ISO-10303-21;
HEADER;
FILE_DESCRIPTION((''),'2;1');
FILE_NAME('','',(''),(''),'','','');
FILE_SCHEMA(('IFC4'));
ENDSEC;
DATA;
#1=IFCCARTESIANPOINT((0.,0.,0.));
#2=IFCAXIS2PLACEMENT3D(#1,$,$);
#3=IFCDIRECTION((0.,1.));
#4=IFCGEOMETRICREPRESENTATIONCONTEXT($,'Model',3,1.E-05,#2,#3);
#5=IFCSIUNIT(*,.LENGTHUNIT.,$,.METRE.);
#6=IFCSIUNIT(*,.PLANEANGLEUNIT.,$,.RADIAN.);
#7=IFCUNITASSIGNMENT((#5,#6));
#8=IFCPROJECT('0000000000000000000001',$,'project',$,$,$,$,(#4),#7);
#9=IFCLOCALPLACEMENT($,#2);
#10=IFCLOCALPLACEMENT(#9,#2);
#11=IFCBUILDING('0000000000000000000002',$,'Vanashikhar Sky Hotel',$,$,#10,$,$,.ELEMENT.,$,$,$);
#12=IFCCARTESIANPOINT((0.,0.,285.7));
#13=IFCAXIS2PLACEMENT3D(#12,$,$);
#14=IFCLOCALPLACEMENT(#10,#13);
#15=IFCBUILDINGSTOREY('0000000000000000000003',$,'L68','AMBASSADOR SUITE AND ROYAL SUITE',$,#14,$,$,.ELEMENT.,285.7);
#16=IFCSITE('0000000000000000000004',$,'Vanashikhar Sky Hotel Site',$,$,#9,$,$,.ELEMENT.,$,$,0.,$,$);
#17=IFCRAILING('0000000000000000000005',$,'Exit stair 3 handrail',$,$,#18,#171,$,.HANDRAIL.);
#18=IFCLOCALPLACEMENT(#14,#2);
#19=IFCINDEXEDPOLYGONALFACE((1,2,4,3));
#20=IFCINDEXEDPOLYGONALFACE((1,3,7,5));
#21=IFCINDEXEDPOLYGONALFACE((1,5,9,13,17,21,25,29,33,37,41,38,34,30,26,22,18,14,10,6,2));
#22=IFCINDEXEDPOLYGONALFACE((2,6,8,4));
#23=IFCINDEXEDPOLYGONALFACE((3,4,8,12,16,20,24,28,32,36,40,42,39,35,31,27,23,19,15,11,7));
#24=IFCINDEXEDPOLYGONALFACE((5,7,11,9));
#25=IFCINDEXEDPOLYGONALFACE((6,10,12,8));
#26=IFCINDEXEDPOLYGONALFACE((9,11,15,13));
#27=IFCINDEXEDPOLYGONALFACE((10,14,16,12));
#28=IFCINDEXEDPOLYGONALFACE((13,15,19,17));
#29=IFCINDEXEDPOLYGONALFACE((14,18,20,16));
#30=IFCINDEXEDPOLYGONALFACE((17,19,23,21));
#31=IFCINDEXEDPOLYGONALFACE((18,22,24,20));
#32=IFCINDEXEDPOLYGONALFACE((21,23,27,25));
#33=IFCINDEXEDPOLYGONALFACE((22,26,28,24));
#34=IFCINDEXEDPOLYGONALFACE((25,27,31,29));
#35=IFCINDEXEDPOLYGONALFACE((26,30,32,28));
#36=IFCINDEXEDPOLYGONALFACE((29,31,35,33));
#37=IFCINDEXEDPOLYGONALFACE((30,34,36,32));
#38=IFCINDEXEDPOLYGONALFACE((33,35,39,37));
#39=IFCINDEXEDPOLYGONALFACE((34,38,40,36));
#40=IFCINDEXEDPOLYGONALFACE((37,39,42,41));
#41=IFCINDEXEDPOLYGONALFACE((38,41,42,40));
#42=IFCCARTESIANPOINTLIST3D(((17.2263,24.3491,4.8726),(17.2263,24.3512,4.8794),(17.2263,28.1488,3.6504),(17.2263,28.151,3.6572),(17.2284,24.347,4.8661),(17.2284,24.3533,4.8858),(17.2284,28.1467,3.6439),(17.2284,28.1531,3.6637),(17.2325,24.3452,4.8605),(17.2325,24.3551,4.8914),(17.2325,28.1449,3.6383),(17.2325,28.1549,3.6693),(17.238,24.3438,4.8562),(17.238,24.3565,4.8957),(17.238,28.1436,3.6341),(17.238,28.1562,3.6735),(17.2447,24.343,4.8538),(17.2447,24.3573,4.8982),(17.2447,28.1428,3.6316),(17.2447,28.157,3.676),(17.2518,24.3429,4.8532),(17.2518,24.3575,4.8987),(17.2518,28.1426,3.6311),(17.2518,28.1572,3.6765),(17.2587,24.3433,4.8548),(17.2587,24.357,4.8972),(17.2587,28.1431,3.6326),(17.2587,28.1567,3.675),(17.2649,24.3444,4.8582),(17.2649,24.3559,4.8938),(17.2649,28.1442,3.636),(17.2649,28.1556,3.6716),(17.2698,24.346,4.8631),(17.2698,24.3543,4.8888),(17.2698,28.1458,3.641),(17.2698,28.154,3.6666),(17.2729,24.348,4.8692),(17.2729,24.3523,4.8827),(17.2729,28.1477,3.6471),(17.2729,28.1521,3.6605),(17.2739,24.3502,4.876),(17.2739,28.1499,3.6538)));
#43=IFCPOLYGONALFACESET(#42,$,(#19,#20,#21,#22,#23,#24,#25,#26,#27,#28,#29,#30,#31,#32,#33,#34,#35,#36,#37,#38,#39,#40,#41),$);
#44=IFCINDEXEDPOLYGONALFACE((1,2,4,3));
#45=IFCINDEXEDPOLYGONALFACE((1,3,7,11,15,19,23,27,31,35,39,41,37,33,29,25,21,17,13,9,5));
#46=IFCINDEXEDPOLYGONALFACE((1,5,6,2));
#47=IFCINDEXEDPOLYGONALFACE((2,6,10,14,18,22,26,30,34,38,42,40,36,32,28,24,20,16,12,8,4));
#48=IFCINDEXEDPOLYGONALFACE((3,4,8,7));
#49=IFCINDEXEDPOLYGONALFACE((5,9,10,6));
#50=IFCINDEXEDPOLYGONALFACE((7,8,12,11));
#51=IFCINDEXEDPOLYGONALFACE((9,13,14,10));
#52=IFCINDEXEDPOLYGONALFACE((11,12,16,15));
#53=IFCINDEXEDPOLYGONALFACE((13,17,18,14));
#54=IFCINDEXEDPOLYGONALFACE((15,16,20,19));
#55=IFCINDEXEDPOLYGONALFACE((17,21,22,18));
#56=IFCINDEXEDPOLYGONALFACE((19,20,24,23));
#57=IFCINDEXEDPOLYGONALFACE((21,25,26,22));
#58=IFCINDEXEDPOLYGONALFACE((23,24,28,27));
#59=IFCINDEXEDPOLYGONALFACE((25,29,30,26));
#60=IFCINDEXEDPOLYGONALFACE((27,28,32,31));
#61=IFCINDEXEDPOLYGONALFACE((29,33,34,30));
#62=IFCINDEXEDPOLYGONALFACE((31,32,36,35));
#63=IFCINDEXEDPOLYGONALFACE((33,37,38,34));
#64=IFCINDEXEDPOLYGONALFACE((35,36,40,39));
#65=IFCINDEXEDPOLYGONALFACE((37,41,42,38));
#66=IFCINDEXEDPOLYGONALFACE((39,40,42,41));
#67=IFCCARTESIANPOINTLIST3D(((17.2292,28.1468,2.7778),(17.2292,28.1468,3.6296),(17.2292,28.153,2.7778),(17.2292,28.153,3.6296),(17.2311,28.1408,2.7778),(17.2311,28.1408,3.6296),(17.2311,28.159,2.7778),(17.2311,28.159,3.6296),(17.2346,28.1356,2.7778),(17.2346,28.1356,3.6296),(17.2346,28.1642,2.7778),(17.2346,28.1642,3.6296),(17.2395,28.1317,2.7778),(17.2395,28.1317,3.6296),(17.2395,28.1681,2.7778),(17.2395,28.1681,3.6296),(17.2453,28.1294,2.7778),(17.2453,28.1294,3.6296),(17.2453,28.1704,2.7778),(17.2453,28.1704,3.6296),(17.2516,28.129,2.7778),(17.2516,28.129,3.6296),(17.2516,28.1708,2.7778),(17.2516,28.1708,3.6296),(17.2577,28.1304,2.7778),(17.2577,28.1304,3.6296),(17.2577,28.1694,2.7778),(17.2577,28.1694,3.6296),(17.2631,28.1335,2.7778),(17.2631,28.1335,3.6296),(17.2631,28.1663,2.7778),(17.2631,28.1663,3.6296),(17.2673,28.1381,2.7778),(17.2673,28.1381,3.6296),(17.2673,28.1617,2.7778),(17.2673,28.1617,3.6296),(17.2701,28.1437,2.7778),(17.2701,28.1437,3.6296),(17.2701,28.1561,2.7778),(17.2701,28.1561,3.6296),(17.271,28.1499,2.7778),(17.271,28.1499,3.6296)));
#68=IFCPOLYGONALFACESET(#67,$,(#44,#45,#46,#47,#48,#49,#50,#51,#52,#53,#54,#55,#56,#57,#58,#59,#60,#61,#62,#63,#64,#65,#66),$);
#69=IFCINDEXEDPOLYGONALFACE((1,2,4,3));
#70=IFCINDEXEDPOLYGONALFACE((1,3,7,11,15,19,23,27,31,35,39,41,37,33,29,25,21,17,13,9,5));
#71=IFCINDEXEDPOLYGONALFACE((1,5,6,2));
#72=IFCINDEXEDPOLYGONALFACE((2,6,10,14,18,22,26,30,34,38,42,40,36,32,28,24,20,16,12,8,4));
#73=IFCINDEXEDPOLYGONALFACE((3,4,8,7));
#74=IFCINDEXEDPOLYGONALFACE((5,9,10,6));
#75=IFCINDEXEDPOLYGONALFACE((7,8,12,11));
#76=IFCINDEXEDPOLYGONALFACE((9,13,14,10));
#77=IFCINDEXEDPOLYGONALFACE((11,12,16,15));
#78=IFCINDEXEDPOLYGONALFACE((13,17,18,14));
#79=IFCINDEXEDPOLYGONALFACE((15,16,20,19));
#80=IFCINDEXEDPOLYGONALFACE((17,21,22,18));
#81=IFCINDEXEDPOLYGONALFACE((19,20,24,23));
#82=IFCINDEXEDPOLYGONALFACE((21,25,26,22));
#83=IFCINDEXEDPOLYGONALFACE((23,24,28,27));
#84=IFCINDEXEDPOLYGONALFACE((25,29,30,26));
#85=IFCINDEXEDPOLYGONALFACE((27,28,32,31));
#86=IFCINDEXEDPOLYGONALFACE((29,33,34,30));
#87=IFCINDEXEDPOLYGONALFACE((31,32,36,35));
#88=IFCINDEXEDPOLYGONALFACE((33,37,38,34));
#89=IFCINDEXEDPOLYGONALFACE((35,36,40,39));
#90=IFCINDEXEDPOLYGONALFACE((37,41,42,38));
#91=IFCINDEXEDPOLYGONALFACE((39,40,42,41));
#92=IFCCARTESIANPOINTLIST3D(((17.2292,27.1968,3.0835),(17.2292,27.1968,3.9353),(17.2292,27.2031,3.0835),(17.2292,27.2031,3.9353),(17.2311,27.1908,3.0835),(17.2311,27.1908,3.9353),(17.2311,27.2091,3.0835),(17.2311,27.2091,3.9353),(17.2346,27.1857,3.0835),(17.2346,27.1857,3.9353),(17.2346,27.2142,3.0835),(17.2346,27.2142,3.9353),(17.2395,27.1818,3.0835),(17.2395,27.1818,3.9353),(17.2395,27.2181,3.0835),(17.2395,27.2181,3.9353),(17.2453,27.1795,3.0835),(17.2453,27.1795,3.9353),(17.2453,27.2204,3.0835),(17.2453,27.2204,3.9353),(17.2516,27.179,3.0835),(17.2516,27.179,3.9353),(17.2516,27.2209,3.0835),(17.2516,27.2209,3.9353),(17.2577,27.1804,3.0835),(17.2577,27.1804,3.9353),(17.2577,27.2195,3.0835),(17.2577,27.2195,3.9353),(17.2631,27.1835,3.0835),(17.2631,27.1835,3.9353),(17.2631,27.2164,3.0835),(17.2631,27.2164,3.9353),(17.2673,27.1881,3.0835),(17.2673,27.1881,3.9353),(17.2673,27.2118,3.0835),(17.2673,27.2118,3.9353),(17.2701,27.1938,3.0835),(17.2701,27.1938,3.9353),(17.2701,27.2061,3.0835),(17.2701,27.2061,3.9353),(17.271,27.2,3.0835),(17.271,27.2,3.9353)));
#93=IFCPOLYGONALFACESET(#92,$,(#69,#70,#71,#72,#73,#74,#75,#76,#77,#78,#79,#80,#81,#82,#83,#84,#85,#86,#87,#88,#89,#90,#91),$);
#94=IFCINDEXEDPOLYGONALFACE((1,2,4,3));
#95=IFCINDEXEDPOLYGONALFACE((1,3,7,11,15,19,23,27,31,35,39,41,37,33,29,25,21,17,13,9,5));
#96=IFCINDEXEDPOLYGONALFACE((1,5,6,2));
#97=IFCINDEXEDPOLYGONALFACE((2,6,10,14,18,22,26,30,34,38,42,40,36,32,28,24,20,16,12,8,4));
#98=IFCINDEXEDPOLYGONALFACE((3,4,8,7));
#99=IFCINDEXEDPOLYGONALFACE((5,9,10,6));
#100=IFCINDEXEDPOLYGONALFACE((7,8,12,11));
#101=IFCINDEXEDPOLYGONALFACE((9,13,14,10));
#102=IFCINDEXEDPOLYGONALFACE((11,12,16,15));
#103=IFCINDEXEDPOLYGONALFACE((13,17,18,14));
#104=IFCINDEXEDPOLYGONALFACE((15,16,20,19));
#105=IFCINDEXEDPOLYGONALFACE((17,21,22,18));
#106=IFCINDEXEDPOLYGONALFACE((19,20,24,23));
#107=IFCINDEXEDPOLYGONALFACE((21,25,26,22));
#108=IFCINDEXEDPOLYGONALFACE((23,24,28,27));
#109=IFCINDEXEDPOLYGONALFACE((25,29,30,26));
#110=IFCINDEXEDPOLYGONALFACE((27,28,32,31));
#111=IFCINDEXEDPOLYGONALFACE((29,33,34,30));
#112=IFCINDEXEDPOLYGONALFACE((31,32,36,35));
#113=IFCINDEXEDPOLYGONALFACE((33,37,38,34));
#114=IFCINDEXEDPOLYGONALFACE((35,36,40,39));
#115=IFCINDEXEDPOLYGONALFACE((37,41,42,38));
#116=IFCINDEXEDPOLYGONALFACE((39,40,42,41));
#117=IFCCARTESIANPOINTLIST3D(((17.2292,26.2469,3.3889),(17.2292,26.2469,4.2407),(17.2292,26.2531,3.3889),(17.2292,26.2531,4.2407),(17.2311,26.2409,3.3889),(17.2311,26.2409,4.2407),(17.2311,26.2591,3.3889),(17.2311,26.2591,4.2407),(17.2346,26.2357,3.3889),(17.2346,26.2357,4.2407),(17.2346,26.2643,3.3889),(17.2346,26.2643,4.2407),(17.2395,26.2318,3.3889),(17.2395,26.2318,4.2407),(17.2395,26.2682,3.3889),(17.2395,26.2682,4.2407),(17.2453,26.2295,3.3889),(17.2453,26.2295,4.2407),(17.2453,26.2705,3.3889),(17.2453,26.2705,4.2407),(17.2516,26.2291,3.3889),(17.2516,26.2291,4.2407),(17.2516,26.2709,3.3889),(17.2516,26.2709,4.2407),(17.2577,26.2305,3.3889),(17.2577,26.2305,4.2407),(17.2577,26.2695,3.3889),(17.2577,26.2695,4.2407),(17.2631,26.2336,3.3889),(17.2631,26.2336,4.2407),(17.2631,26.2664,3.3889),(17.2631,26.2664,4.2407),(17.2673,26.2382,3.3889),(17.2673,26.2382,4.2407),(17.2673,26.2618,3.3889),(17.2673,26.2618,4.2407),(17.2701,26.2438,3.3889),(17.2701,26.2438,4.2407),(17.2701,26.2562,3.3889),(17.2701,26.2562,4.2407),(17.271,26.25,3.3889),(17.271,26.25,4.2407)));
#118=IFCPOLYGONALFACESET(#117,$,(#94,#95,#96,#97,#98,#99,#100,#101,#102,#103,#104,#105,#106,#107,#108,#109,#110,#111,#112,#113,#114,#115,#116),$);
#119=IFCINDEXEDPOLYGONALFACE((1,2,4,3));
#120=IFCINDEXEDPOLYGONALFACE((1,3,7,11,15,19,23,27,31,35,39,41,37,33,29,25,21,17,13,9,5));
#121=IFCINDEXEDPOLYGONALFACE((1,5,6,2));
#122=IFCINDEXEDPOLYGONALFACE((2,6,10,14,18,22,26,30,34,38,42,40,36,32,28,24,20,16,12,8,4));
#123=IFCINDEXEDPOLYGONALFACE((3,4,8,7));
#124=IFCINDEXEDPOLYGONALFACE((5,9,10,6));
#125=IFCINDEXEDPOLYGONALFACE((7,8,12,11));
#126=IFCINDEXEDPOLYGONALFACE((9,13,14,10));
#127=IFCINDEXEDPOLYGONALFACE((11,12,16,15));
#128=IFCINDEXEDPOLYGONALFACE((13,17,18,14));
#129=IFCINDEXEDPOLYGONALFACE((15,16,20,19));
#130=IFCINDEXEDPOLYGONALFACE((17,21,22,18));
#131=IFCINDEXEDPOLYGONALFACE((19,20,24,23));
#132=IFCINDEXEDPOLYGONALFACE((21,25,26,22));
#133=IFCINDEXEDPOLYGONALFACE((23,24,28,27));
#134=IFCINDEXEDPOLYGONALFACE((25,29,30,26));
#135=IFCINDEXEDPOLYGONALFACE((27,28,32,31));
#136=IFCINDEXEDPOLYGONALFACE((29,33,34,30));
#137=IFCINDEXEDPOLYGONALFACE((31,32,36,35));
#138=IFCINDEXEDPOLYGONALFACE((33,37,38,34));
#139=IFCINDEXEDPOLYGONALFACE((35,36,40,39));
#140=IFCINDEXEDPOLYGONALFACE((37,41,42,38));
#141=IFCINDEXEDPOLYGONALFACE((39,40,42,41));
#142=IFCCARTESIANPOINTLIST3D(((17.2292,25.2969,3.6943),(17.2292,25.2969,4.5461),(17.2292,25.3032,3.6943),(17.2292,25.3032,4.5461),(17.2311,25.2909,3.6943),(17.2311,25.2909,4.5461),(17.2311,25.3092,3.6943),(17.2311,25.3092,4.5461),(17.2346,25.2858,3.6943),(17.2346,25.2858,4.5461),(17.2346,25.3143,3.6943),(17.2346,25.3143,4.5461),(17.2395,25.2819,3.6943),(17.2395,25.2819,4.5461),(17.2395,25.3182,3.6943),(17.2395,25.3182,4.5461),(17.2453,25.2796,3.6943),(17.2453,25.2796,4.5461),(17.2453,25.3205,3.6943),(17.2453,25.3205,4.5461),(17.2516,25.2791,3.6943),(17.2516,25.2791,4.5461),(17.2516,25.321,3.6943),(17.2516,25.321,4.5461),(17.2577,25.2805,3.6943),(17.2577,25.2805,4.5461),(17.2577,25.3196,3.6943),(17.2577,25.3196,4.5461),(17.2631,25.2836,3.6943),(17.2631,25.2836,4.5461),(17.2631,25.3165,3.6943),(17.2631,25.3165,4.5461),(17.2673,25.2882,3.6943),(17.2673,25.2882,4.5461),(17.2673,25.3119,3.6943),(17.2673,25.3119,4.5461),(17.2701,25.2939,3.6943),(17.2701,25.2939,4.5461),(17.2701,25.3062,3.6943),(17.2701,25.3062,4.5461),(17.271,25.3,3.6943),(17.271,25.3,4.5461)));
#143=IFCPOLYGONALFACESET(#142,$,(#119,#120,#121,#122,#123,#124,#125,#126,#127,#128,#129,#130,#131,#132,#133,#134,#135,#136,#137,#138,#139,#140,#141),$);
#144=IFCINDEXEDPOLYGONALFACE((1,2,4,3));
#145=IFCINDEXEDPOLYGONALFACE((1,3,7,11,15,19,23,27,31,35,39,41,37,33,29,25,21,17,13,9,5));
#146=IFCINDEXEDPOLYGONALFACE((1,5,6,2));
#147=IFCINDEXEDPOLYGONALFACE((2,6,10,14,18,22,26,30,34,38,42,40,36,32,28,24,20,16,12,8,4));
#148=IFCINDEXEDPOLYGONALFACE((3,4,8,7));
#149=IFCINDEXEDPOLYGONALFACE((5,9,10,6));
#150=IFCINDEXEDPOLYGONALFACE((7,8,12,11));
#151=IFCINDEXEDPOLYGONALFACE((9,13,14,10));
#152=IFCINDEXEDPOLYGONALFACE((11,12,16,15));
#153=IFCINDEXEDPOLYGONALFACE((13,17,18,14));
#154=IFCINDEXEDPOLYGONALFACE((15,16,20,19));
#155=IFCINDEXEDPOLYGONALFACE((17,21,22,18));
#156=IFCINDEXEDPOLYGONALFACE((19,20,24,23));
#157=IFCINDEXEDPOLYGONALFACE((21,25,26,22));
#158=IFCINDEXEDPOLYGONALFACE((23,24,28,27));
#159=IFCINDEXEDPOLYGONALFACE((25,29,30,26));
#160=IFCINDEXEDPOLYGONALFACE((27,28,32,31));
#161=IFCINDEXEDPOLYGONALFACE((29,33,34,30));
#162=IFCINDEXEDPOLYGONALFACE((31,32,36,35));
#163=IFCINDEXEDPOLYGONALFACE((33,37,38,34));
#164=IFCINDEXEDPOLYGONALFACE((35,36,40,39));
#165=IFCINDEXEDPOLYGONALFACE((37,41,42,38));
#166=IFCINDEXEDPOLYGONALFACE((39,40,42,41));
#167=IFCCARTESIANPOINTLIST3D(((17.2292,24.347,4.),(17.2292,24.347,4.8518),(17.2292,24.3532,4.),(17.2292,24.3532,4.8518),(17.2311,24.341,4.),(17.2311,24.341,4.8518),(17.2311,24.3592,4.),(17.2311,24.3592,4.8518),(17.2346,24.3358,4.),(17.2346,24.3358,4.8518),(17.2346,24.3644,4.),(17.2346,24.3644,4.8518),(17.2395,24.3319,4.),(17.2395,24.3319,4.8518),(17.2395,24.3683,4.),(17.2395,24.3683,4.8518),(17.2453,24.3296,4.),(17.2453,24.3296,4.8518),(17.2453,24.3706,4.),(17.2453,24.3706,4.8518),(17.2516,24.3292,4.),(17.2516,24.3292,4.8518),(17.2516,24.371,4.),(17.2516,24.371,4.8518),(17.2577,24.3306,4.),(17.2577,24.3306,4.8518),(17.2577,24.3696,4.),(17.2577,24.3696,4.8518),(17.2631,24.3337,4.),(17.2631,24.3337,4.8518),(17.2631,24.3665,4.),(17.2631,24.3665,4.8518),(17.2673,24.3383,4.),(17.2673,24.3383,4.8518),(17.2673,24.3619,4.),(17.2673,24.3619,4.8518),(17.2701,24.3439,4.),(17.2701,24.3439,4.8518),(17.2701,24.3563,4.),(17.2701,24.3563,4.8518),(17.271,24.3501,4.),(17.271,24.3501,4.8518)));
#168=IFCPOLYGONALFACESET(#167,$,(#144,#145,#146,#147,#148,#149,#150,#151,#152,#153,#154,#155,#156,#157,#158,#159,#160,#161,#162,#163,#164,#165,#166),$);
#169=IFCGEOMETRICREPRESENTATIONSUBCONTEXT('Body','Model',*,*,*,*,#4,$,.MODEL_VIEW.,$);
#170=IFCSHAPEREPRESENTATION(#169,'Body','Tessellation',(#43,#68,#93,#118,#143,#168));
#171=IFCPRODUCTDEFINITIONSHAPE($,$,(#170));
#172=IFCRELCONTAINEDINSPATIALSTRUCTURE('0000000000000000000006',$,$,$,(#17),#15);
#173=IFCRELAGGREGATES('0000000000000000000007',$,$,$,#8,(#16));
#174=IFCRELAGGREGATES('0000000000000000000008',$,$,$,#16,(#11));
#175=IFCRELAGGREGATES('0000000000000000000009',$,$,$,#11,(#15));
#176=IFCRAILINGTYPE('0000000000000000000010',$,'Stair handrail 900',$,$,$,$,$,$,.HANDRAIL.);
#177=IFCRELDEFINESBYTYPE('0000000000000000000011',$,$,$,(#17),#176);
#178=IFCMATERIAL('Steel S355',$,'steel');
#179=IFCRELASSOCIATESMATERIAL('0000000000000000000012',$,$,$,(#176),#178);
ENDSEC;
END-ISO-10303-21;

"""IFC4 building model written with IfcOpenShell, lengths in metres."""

from ifc_helpers import new_model, si_unit, direction, frame, origin, origin_2d, place, context, subcontext, project, spatial, circle, extrude, source, transform, mapped, material, type_object, element, save


model = new_model("IFC4")

# Units and contexts
model_context = context("Model", 3, precision=1e-05, world=origin(), true_north=direction((0.0, 1.0)))
body_context = subcontext(model_context, "Body", "Model", "MODEL_VIEW")
ifc_project = project(units=[si_unit("LENGTHUNIT", "METRE"), si_unit("PLANEANGLEUNIT", "RADIAN")], contexts=[model_context])

# Site, building, storey
site_placement = place(None, origin())
site = spatial("IfcSite", under=ifc_project, at=site_placement, Name="Vanashikhar Sky Hotel Site", CompositionType="ELEMENT", RefElevation=0.0)
building_placement = place(site_placement, origin())
building = spatial("IfcBuilding", under=site, at=building_placement, Name="Vanashikhar Sky Hotel", CompositionType="ELEMENT")
storey_placement = place(building_placement, frame((0.0, 0.0, 285.7)))
storey = spatial("IfcBuildingStorey", under=building, at=storey_placement, Name="L68", Description="AMBASSADOR SUITE AND ROYAL SUITE", CompositionType="ELEMENT", Elevation=285.7)

# Railing
ifc_material_1 = material(Name="Steel S355", Category="steel")
railing_type = type_object("IfcRailingType", Name="Stair handrail 900", PredefinedType="HANDRAIL", material=ifc_material_1)
shared_shape_1 = source(origin(), body_context, "Body", "SweptSolid", [
    extrude(circle(Radius=0.0239, at=origin_2d()), frame((0.0, 0.0, 0.876), z_axis=(0.0, -0.95197, 0.306191), x_axis=(1.0, 0.0, 0.0)), (0.0, 0.0, 1.0), 3.9915),
    extrude(circle(Radius=0.021, at=origin_2d()), origin(), (0.0, 0.0, 1.0), 0.8518),
    extrude(circle(Radius=0.021, at=origin_2d()), frame((0.0, -0.95, 0.3057)), (0.0, 0.0, 1.0), 0.8518),
    extrude(circle(Radius=0.021, at=origin_2d()), frame((0.0, -1.8999, 0.6111)), (0.0, 0.0, 1.0), 0.8518),
    extrude(circle(Radius=0.021, at=origin_2d()), frame((0.0, -2.8499, 0.9165)), (0.0, 0.0, 1.0), 0.8518),
    extrude(circle(Radius=0.021, at=origin_2d()), frame((0.0, -3.7998, 1.2222)), (0.0, 0.0, 1.0), 0.8518),
])
railing_1_placement = place(storey_placement, frame((17.25, 28.1499, 2.7778)))
element("IfcRailing", 1, at=railing_1_placement, inside=storey, type_object=railing_type, Name="Exit stair 3 handrail", PredefinedType="HANDRAIL", context=body_context, shape_type="MappedRepresentation", body=[
    mapped(shared_shape_1, transform((0.0, 0.0, 0.0), scale=1.0)),
])

save(model, "model.ifc")
